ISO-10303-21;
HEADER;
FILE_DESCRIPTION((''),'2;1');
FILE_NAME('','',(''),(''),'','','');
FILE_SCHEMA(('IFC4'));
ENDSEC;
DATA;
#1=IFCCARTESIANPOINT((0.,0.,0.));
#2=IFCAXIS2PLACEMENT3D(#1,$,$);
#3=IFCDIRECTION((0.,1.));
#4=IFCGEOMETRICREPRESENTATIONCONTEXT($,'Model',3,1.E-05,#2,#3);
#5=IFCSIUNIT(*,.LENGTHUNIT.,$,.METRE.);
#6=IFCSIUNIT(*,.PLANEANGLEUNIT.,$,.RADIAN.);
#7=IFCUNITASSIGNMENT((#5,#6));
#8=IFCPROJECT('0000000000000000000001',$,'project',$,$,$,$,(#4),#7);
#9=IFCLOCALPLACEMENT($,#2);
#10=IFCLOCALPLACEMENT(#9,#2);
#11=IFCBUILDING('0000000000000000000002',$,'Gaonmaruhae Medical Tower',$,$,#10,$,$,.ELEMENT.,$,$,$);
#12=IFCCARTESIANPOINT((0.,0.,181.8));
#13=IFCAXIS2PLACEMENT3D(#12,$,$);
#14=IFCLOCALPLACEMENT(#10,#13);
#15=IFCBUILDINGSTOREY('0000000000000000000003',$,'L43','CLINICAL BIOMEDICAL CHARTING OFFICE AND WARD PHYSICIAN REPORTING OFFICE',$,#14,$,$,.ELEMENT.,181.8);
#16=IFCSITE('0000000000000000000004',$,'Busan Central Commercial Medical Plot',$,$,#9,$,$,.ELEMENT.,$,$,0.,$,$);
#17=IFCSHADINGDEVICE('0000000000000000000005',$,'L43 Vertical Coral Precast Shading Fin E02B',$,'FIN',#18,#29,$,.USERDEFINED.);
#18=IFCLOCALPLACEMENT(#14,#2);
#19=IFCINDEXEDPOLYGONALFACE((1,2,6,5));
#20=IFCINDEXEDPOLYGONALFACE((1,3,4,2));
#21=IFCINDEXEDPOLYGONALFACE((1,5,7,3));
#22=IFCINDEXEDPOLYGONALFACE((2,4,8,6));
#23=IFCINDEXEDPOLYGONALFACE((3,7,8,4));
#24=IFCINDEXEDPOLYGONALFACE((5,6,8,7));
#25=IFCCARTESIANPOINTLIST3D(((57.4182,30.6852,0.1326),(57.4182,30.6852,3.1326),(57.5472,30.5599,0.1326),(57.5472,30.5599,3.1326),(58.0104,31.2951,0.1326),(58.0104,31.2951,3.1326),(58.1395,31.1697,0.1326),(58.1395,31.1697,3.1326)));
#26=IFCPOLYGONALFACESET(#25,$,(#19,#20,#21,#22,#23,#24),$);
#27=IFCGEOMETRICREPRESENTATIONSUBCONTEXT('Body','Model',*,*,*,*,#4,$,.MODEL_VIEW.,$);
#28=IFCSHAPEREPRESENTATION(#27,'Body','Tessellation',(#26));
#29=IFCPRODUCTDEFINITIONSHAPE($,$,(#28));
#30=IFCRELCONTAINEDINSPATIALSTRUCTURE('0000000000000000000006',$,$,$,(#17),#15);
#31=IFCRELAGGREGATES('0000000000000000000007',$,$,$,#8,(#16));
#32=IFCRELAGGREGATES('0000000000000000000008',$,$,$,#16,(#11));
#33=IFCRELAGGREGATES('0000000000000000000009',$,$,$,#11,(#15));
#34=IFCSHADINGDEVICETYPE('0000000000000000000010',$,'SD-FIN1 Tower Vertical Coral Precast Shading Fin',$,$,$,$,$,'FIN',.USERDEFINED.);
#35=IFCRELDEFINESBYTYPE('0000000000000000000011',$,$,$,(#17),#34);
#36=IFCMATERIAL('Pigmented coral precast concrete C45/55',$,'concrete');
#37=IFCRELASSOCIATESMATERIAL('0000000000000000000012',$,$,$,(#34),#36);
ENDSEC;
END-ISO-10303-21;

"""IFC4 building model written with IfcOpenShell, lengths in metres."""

from ifc_helpers import new_model, si_unit, direction, frame, origin, origin_2d, place, context, subcontext, project, spatial, rectangle, extrude, material, type_object, element, save


model = new_model("IFC4")

# Units and contexts
model_context = context("Model", 3, precision=1e-05, world=origin(), true_north=direction((0.0, 1.0)))
body_context = subcontext(model_context, "Body", "Model", "MODEL_VIEW")
ifc_project = project(units=[si_unit("LENGTHUNIT", "METRE"), si_unit("PLANEANGLEUNIT", "RADIAN")], contexts=[model_context])

# Site, building, storey
site_placement = place(None, origin())
site = spatial("IfcSite", under=ifc_project, at=site_placement, Name="Busan Central Commercial Medical Plot", CompositionType="ELEMENT", RefElevation=0.0)
building_placement = place(site_placement, origin())
building = spatial("IfcBuilding", under=site, at=building_placement, Name="Gaonmaruhae Medical Tower", CompositionType="ELEMENT")
storey_placement = place(building_placement, frame((0.0, 0.0, 181.8)))
storey = spatial("IfcBuildingStorey", under=building, at=storey_placement, Name="L43", Description="CLINICAL BIOMEDICAL CHARTING OFFICE AND WARD PHYSICIAN REPORTING OFFICE", CompositionType="ELEMENT", Elevation=181.8)

# Shading device
ifc_material_1 = material(Name="Pigmented coral precast concrete C45/55", Category="concrete")
shading_device_type = type_object("IfcShadingDeviceType", Name="SD-FIN1 Tower Vertical Coral Precast Shading Fin", ElementType="FIN", PredefinedType="USERDEFINED", material=ifc_material_1)
for number, where, z_axis, x_axis, name in (
    (1, (57.7788, 30.9275, 0.1326), (0.0, 0.0, 1.0), (0.717409, -0.696652, 0.0), "L43 Vertical Coral Precast Shading Fin E02B"),
):
    element("IfcShadingDevice", number, at=place(storey_placement, frame(where, z_axis=z_axis, x_axis=x_axis)), inside=storey, type_object=shading_device_type, Name=name, ObjectType="FIN", PredefinedType="USERDEFINED", context=body_context, shape_type="SweptSolid", body=[
        extrude(rectangle(XDim=0.1799, YDim=0.8501, at=origin_2d()), origin(), (0.0, 0.0, 1.0), 3.0),
    ])

save(model, "model.ifc")
